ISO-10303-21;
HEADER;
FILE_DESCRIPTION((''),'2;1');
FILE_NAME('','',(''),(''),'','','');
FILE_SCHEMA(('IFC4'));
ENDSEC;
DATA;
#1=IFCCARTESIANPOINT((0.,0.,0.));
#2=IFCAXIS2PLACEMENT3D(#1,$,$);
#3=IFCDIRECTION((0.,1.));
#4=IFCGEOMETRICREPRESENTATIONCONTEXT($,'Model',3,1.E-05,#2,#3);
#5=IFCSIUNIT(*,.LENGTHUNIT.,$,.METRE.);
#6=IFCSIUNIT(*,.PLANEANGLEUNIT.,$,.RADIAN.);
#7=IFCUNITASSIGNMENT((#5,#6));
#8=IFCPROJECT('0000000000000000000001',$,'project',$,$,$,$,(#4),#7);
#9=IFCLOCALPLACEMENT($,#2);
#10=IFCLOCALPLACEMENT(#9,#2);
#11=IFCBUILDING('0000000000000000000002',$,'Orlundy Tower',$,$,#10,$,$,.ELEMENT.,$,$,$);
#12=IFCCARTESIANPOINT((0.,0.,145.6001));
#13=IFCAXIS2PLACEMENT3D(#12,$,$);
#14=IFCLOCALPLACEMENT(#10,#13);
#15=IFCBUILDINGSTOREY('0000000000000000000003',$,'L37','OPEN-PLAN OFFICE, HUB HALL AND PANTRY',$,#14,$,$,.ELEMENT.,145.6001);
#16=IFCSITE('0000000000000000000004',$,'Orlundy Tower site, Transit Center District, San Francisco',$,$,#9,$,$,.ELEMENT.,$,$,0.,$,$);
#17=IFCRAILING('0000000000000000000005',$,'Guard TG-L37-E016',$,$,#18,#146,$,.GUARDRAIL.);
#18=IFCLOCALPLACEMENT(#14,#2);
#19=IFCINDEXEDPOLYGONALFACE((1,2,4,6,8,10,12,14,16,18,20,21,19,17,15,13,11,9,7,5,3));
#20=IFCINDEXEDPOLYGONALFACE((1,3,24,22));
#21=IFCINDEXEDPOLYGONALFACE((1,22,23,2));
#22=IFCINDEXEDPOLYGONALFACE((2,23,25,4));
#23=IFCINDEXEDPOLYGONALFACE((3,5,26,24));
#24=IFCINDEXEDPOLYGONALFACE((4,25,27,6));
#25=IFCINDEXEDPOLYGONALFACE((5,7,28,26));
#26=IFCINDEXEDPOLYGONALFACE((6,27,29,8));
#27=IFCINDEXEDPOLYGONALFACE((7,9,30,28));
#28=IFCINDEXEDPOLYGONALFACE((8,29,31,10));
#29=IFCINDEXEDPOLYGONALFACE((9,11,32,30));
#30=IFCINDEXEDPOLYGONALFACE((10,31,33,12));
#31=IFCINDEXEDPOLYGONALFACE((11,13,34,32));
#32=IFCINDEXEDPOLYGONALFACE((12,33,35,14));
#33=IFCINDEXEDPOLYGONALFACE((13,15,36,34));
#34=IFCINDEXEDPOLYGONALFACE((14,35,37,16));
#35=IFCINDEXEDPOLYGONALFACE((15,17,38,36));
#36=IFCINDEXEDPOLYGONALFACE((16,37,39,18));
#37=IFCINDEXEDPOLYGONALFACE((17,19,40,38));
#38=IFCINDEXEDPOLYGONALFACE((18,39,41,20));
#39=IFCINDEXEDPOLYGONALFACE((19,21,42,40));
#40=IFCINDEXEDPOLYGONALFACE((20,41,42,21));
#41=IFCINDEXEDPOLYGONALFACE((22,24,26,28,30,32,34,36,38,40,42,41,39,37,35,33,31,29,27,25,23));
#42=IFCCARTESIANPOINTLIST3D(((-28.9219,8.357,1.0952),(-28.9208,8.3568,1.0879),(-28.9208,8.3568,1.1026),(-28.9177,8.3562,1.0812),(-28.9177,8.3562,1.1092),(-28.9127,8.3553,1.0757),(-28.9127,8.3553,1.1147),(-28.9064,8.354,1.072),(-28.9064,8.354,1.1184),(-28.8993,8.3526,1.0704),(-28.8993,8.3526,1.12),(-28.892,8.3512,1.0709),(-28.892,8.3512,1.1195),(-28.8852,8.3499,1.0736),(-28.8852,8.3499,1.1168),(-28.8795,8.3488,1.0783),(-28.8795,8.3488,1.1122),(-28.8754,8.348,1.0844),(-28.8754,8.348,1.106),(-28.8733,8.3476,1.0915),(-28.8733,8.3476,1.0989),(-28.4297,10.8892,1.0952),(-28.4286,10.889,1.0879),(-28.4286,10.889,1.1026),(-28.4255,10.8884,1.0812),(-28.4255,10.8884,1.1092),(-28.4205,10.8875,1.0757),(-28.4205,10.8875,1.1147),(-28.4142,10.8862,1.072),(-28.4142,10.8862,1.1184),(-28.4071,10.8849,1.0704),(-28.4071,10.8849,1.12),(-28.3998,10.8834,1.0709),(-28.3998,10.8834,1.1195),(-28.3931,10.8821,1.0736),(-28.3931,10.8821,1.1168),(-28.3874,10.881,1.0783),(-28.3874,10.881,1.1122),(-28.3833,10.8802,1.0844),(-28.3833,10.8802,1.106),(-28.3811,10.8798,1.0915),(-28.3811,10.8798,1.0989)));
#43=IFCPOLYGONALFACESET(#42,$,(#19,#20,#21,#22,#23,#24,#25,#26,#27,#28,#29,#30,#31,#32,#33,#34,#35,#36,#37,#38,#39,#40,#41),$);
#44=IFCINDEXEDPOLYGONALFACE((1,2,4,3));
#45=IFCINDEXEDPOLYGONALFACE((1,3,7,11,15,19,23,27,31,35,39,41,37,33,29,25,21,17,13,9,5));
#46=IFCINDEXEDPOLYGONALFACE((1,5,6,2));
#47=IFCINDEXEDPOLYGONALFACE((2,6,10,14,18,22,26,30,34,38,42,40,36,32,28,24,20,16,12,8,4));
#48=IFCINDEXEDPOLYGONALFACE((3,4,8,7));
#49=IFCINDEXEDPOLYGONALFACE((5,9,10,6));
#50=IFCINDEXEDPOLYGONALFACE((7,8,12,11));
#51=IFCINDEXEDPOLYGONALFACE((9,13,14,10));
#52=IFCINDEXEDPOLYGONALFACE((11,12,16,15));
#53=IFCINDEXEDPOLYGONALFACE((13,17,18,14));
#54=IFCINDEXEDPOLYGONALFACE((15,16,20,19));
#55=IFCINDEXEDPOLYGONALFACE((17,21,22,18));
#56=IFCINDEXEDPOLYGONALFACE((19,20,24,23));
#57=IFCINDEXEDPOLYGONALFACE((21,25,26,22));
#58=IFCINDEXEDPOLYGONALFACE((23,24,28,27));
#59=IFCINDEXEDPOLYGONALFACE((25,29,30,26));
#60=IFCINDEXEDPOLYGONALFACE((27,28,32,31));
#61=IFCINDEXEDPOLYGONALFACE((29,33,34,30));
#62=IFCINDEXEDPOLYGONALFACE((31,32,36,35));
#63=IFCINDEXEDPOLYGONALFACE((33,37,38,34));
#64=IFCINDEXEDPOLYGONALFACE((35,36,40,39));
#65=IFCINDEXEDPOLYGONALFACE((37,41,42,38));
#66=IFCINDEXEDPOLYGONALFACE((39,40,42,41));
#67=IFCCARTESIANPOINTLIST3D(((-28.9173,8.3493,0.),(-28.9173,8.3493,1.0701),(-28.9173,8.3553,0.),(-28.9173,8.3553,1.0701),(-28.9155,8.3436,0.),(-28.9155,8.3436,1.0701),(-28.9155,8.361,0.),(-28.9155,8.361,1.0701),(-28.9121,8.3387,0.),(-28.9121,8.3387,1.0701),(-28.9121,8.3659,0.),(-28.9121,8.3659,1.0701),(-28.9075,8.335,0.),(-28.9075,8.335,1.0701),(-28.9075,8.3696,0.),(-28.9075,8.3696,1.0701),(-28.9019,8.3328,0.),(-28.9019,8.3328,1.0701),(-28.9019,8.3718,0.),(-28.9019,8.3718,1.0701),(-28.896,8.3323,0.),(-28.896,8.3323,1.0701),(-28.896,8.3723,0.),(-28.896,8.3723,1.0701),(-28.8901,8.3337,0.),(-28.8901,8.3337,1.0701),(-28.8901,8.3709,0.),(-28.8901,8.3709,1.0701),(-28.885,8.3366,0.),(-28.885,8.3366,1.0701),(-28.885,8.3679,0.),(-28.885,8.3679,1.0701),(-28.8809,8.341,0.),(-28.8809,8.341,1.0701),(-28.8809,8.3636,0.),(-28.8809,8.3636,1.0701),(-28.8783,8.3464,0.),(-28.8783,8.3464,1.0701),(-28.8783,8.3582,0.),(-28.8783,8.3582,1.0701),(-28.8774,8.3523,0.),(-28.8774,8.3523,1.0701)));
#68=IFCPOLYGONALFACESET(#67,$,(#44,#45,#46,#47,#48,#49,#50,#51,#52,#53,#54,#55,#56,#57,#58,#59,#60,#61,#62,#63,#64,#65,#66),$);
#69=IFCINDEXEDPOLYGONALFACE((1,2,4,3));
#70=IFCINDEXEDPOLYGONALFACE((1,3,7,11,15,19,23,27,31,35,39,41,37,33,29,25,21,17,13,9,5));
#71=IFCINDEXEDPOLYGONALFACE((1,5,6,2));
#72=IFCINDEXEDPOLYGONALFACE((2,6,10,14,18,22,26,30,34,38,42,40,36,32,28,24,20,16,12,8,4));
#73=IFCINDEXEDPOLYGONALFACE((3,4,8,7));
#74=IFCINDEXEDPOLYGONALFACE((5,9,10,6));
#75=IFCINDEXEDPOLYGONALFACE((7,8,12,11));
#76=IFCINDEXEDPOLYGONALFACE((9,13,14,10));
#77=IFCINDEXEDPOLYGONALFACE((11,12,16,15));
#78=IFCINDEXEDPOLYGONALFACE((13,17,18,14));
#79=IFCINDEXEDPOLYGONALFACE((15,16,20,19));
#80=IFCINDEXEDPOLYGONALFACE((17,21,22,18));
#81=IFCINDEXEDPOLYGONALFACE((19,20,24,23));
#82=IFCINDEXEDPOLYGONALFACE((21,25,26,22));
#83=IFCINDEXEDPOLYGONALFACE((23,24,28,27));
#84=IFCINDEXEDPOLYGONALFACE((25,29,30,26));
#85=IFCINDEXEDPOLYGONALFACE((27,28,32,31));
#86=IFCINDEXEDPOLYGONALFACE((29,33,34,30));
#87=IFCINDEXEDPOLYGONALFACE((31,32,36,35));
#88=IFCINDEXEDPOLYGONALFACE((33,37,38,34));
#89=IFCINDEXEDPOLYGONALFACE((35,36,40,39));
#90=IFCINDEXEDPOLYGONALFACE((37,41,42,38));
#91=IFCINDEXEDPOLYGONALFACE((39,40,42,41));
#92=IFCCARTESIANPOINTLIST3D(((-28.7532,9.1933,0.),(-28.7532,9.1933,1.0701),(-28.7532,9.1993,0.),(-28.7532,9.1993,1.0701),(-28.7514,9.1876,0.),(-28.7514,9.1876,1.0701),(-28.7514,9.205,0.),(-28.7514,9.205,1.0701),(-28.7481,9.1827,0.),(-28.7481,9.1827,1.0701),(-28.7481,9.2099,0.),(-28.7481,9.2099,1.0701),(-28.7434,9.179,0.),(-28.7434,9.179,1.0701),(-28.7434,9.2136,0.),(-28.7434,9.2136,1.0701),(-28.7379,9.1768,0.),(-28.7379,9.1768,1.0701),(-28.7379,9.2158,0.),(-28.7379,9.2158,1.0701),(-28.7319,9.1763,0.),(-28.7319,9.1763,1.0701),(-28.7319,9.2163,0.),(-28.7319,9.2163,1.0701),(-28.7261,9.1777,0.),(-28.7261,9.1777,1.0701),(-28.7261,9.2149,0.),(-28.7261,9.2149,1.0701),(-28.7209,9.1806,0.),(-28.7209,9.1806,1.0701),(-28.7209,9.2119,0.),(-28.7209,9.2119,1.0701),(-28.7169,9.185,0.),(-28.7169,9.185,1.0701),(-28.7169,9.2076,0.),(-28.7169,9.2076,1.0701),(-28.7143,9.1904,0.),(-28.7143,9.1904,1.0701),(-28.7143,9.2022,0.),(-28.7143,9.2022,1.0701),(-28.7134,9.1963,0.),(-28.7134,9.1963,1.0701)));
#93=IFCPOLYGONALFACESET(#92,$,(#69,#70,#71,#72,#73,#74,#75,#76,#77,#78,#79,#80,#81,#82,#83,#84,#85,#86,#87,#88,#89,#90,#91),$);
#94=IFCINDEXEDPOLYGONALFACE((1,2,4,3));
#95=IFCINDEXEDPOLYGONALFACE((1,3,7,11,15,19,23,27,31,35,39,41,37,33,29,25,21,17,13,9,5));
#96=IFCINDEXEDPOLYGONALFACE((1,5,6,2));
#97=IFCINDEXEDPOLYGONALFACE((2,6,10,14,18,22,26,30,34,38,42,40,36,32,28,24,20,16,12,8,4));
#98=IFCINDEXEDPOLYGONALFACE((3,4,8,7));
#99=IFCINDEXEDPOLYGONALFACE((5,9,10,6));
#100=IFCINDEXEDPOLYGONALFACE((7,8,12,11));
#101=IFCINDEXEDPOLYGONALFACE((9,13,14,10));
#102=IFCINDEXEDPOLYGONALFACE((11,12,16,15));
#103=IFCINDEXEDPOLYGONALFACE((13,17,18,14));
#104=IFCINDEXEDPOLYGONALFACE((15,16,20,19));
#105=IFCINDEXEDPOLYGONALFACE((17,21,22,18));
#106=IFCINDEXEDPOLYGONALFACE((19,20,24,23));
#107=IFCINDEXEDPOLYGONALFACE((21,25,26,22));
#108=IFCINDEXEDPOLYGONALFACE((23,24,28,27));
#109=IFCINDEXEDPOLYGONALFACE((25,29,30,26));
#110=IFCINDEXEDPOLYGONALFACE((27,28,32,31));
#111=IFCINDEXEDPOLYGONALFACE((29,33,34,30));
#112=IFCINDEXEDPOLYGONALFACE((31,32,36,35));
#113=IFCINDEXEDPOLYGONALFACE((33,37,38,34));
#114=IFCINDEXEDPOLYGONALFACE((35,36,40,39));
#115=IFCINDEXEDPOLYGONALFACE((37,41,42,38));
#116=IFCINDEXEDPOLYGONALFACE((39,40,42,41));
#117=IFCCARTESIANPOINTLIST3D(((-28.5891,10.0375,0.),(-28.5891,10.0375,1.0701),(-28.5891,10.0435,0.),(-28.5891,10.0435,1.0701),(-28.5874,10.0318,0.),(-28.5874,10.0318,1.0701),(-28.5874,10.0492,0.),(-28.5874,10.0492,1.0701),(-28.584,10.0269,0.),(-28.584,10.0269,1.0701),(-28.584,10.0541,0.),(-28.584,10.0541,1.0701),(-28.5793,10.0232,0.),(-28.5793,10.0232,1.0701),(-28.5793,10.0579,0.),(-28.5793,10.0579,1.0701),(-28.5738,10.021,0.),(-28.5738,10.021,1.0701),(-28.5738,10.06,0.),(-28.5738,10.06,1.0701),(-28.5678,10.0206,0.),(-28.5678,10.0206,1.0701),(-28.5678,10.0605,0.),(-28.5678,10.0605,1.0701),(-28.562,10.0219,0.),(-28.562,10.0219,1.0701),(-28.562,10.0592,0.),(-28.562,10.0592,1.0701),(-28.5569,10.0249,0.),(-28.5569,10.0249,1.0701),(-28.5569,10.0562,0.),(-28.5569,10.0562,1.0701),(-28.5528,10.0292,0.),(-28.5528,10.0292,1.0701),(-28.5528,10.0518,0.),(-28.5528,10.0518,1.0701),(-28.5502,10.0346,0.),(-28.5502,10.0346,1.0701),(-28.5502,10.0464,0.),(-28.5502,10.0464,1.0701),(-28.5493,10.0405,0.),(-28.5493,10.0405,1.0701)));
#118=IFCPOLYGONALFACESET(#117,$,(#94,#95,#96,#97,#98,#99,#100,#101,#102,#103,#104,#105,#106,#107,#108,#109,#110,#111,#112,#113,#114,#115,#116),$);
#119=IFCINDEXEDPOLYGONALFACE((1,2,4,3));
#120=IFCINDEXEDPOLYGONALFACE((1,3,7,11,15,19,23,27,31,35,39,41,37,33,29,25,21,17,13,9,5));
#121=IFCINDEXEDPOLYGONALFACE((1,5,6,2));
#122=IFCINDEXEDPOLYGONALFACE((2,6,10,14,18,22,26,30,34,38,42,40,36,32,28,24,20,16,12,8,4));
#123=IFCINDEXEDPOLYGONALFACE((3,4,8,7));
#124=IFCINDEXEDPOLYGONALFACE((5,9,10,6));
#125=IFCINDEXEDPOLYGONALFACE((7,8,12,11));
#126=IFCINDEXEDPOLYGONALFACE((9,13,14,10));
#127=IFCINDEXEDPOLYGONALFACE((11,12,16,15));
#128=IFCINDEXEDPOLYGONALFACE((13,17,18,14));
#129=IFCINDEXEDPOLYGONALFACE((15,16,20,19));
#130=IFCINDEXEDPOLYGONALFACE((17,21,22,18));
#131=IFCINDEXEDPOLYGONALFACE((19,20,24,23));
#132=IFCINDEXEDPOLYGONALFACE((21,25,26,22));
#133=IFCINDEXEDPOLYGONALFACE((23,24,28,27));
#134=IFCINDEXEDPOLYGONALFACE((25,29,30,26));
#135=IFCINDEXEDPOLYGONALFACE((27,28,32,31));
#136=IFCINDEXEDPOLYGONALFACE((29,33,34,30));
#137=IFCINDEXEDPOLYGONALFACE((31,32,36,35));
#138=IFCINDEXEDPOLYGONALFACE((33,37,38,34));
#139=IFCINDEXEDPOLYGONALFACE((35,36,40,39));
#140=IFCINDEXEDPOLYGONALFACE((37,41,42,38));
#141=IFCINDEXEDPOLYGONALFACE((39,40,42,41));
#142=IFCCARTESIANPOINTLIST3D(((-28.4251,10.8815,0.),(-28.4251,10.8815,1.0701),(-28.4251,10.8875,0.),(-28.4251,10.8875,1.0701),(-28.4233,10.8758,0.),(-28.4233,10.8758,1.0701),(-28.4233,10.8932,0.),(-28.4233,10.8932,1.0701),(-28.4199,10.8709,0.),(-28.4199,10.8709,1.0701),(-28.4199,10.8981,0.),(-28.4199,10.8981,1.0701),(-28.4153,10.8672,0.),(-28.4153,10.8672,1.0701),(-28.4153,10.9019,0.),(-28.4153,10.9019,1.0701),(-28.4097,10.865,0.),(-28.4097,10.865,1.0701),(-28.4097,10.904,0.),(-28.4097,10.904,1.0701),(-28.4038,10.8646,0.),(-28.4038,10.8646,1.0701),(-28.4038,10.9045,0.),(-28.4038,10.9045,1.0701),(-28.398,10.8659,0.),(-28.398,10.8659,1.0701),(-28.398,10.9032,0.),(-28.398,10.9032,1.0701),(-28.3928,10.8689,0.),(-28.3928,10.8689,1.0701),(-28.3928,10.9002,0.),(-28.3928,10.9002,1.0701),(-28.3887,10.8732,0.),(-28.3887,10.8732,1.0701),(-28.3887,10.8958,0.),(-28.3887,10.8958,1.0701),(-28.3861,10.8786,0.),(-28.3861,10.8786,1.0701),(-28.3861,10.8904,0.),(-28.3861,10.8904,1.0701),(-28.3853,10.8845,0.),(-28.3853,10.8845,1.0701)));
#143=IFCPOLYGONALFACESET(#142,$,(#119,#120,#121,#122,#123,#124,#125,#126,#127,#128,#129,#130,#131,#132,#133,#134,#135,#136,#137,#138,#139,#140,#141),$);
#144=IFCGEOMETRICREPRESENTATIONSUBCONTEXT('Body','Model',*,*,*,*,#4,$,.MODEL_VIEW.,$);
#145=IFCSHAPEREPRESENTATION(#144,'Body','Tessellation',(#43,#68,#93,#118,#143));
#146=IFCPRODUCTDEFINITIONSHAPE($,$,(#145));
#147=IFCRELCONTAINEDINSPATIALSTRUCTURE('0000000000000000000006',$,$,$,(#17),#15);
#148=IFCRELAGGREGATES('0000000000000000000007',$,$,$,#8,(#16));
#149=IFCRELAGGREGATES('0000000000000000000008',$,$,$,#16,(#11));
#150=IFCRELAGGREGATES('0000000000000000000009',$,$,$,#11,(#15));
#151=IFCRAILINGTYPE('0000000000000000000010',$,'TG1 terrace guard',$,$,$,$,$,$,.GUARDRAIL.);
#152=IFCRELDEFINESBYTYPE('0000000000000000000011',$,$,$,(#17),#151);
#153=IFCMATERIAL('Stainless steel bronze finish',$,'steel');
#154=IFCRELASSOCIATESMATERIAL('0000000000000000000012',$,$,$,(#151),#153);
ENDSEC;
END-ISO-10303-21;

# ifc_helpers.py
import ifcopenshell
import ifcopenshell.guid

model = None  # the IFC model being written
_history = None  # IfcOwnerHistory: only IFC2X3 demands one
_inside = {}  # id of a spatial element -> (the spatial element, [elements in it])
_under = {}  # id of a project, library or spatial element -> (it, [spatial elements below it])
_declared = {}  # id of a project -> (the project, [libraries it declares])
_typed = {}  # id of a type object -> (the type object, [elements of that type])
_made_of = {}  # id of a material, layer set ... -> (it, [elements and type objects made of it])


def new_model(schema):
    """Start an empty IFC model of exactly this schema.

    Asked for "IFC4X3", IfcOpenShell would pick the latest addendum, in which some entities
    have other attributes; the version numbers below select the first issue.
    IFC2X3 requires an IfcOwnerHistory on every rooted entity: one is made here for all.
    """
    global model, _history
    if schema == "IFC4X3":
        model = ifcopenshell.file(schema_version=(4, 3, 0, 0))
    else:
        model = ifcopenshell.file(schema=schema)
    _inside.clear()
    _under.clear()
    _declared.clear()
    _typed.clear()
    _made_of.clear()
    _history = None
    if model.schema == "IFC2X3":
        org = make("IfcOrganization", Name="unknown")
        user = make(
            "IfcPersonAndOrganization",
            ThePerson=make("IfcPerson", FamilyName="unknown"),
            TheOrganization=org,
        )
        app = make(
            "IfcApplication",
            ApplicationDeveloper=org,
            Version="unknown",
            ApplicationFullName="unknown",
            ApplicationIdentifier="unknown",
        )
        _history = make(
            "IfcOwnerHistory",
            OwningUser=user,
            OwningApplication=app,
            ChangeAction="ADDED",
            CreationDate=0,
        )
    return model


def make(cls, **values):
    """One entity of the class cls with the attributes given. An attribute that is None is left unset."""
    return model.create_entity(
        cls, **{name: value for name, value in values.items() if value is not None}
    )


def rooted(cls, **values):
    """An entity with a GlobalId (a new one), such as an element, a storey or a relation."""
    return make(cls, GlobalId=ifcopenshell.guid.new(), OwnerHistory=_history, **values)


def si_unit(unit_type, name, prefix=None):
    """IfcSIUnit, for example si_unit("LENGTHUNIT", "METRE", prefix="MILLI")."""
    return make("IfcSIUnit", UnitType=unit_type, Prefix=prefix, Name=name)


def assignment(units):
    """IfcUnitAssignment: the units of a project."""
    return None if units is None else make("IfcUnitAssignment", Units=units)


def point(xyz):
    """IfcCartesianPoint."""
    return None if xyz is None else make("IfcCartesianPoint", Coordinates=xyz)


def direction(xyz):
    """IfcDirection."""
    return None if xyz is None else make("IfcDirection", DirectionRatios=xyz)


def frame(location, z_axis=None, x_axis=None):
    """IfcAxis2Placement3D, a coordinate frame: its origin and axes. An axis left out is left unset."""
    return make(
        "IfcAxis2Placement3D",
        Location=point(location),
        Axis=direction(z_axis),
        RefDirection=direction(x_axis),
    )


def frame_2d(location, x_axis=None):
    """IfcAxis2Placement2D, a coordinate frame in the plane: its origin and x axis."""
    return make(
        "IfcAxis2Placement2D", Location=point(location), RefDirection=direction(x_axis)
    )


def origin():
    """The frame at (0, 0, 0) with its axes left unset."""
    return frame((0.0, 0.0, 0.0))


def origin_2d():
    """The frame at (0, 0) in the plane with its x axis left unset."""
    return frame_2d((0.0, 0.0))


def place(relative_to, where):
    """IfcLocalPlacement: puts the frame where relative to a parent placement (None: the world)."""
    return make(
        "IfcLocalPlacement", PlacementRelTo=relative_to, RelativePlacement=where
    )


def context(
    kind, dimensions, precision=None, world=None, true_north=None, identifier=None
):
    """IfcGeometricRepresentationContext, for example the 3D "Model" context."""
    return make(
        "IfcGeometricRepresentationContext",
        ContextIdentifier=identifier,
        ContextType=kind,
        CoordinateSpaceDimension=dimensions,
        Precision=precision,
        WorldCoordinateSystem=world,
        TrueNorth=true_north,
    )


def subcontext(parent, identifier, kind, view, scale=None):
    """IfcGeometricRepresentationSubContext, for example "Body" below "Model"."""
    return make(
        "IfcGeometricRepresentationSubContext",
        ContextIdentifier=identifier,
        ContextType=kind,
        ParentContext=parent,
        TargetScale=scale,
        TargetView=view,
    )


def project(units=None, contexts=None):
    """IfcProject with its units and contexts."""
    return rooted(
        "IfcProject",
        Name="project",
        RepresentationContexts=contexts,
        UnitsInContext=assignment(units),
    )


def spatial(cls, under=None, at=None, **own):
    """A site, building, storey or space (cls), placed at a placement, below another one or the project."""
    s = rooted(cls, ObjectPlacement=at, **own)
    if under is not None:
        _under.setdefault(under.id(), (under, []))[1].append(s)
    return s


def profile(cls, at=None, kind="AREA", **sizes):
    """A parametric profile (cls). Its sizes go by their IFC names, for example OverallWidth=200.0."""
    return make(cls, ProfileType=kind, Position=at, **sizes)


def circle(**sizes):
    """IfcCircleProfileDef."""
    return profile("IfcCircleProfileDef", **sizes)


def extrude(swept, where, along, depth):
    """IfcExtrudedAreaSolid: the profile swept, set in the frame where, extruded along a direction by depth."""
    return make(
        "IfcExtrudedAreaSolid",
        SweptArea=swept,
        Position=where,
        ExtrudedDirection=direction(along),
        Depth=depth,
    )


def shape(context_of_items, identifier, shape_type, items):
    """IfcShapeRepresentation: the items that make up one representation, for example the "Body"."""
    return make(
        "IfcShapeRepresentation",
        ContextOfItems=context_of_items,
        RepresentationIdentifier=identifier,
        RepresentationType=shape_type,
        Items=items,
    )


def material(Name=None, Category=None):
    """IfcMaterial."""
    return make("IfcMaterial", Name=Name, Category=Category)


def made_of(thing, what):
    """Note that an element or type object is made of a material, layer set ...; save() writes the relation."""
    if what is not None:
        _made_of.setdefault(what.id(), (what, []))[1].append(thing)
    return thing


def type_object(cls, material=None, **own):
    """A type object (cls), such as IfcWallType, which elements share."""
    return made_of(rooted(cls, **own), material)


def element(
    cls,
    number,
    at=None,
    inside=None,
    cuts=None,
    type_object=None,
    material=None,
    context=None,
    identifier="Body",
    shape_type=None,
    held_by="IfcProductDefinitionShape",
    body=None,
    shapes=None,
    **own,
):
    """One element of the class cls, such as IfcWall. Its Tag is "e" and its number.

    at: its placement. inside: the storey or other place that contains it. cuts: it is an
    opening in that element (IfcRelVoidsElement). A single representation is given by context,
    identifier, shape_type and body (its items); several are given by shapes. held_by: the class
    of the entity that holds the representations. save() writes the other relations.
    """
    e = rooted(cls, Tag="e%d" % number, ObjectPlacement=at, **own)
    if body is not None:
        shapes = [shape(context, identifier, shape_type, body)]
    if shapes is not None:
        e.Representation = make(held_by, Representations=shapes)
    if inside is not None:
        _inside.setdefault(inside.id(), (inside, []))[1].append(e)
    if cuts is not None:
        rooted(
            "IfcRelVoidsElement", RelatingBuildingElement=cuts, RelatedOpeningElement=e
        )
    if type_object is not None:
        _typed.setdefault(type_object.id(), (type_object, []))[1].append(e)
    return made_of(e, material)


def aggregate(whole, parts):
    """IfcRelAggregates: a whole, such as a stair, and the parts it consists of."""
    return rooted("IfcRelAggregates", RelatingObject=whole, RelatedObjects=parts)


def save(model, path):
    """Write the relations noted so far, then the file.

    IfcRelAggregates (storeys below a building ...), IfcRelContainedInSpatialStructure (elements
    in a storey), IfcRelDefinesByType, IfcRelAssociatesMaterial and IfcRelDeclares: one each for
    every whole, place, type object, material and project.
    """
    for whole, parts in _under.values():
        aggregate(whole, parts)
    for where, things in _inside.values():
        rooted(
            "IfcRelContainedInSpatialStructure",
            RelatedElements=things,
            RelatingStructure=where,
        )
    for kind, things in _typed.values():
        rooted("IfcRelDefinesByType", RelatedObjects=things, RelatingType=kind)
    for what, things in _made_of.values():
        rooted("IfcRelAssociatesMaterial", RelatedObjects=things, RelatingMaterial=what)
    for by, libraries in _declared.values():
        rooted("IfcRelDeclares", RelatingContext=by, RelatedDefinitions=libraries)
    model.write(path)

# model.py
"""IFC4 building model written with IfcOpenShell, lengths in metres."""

from ifc_helpers import new_model, si_unit, direction, frame, origin, origin_2d, place, context, subcontext, project, spatial, circle, extrude, material, type_object, element, save


model = new_model("IFC4")

# Units and contexts
model_context = context("Model", 3, precision=1e-05, world=origin(), true_north=direction((0.0, 1.0)))
body_context = subcontext(model_context, "Body", "Model", "MODEL_VIEW")
ifc_project = project(units=[si_unit("LENGTHUNIT", "METRE"), si_unit("PLANEANGLEUNIT", "RADIAN")], contexts=[model_context])

# Site, building, storey
site_placement = place(None, origin())
site = spatial("IfcSite", under=ifc_project, at=site_placement, Name="Orlundy Tower site, Transit Center District, San Francisco", CompositionType="ELEMENT", RefElevation=0.0)
building_placement = place(site_placement, origin())
building = spatial("IfcBuilding", under=site, at=building_placement, Name="Orlundy Tower", CompositionType="ELEMENT")
storey_placement = place(building_placement, frame((0.0, 0.0, 145.6001)))
storey = spatial("IfcBuildingStorey", under=building, at=storey_placement, Name="L37", Description="OPEN-PLAN OFFICE, HUB HALL AND PANTRY", CompositionType="ELEMENT", Elevation=145.6001)

# Railing
ifc_material_1 = material(Name="Stainless steel bronze finish", Category="steel")
railing_type_1 = type_object("IfcRailingType", Name="TG1 terrace guard", PredefinedType="GUARDRAIL", material=ifc_material_1)
railing_1_placement = place(storey_placement, frame((-28.8975, 8.3523, 0.0)))
element("IfcRailing", 1, at=railing_1_placement, inside=storey, type_object=railing_type_1, Name="Guard TG-L37-E016", PredefinedType="GUARDRAIL", context=body_context, shape_type="SweptSolid", body=[
    extrude(circle(Radius=0.0249, at=origin_2d()), frame((0.0, 0.0, 1.0952), z_axis=(0.190799, 0.981629, 0.0), x_axis=(-0.981629, 0.190799, 0.0)), (0.0, 0.0, 1.0), 2.5796),
    extrude(circle(Radius=0.02, at=origin_2d()), origin(), (0.0, 0.0, 1.0), 1.0701),
    extrude(circle(Radius=0.02, at=origin_2d()), frame((0.1641, 0.844, 0.0)), (0.0, 0.0, 1.0), 1.0701),
    extrude(circle(Radius=0.02, at=origin_2d()), frame((0.3281, 1.6882, 0.0)), (0.0, 0.0, 1.0), 1.0701),
    extrude(circle(Radius=0.02, at=origin_2d()), frame((0.4922, 2.5322, 0.0)), (0.0, 0.0, 1.0), 1.0701),
])

save(model, "model.ifc")
